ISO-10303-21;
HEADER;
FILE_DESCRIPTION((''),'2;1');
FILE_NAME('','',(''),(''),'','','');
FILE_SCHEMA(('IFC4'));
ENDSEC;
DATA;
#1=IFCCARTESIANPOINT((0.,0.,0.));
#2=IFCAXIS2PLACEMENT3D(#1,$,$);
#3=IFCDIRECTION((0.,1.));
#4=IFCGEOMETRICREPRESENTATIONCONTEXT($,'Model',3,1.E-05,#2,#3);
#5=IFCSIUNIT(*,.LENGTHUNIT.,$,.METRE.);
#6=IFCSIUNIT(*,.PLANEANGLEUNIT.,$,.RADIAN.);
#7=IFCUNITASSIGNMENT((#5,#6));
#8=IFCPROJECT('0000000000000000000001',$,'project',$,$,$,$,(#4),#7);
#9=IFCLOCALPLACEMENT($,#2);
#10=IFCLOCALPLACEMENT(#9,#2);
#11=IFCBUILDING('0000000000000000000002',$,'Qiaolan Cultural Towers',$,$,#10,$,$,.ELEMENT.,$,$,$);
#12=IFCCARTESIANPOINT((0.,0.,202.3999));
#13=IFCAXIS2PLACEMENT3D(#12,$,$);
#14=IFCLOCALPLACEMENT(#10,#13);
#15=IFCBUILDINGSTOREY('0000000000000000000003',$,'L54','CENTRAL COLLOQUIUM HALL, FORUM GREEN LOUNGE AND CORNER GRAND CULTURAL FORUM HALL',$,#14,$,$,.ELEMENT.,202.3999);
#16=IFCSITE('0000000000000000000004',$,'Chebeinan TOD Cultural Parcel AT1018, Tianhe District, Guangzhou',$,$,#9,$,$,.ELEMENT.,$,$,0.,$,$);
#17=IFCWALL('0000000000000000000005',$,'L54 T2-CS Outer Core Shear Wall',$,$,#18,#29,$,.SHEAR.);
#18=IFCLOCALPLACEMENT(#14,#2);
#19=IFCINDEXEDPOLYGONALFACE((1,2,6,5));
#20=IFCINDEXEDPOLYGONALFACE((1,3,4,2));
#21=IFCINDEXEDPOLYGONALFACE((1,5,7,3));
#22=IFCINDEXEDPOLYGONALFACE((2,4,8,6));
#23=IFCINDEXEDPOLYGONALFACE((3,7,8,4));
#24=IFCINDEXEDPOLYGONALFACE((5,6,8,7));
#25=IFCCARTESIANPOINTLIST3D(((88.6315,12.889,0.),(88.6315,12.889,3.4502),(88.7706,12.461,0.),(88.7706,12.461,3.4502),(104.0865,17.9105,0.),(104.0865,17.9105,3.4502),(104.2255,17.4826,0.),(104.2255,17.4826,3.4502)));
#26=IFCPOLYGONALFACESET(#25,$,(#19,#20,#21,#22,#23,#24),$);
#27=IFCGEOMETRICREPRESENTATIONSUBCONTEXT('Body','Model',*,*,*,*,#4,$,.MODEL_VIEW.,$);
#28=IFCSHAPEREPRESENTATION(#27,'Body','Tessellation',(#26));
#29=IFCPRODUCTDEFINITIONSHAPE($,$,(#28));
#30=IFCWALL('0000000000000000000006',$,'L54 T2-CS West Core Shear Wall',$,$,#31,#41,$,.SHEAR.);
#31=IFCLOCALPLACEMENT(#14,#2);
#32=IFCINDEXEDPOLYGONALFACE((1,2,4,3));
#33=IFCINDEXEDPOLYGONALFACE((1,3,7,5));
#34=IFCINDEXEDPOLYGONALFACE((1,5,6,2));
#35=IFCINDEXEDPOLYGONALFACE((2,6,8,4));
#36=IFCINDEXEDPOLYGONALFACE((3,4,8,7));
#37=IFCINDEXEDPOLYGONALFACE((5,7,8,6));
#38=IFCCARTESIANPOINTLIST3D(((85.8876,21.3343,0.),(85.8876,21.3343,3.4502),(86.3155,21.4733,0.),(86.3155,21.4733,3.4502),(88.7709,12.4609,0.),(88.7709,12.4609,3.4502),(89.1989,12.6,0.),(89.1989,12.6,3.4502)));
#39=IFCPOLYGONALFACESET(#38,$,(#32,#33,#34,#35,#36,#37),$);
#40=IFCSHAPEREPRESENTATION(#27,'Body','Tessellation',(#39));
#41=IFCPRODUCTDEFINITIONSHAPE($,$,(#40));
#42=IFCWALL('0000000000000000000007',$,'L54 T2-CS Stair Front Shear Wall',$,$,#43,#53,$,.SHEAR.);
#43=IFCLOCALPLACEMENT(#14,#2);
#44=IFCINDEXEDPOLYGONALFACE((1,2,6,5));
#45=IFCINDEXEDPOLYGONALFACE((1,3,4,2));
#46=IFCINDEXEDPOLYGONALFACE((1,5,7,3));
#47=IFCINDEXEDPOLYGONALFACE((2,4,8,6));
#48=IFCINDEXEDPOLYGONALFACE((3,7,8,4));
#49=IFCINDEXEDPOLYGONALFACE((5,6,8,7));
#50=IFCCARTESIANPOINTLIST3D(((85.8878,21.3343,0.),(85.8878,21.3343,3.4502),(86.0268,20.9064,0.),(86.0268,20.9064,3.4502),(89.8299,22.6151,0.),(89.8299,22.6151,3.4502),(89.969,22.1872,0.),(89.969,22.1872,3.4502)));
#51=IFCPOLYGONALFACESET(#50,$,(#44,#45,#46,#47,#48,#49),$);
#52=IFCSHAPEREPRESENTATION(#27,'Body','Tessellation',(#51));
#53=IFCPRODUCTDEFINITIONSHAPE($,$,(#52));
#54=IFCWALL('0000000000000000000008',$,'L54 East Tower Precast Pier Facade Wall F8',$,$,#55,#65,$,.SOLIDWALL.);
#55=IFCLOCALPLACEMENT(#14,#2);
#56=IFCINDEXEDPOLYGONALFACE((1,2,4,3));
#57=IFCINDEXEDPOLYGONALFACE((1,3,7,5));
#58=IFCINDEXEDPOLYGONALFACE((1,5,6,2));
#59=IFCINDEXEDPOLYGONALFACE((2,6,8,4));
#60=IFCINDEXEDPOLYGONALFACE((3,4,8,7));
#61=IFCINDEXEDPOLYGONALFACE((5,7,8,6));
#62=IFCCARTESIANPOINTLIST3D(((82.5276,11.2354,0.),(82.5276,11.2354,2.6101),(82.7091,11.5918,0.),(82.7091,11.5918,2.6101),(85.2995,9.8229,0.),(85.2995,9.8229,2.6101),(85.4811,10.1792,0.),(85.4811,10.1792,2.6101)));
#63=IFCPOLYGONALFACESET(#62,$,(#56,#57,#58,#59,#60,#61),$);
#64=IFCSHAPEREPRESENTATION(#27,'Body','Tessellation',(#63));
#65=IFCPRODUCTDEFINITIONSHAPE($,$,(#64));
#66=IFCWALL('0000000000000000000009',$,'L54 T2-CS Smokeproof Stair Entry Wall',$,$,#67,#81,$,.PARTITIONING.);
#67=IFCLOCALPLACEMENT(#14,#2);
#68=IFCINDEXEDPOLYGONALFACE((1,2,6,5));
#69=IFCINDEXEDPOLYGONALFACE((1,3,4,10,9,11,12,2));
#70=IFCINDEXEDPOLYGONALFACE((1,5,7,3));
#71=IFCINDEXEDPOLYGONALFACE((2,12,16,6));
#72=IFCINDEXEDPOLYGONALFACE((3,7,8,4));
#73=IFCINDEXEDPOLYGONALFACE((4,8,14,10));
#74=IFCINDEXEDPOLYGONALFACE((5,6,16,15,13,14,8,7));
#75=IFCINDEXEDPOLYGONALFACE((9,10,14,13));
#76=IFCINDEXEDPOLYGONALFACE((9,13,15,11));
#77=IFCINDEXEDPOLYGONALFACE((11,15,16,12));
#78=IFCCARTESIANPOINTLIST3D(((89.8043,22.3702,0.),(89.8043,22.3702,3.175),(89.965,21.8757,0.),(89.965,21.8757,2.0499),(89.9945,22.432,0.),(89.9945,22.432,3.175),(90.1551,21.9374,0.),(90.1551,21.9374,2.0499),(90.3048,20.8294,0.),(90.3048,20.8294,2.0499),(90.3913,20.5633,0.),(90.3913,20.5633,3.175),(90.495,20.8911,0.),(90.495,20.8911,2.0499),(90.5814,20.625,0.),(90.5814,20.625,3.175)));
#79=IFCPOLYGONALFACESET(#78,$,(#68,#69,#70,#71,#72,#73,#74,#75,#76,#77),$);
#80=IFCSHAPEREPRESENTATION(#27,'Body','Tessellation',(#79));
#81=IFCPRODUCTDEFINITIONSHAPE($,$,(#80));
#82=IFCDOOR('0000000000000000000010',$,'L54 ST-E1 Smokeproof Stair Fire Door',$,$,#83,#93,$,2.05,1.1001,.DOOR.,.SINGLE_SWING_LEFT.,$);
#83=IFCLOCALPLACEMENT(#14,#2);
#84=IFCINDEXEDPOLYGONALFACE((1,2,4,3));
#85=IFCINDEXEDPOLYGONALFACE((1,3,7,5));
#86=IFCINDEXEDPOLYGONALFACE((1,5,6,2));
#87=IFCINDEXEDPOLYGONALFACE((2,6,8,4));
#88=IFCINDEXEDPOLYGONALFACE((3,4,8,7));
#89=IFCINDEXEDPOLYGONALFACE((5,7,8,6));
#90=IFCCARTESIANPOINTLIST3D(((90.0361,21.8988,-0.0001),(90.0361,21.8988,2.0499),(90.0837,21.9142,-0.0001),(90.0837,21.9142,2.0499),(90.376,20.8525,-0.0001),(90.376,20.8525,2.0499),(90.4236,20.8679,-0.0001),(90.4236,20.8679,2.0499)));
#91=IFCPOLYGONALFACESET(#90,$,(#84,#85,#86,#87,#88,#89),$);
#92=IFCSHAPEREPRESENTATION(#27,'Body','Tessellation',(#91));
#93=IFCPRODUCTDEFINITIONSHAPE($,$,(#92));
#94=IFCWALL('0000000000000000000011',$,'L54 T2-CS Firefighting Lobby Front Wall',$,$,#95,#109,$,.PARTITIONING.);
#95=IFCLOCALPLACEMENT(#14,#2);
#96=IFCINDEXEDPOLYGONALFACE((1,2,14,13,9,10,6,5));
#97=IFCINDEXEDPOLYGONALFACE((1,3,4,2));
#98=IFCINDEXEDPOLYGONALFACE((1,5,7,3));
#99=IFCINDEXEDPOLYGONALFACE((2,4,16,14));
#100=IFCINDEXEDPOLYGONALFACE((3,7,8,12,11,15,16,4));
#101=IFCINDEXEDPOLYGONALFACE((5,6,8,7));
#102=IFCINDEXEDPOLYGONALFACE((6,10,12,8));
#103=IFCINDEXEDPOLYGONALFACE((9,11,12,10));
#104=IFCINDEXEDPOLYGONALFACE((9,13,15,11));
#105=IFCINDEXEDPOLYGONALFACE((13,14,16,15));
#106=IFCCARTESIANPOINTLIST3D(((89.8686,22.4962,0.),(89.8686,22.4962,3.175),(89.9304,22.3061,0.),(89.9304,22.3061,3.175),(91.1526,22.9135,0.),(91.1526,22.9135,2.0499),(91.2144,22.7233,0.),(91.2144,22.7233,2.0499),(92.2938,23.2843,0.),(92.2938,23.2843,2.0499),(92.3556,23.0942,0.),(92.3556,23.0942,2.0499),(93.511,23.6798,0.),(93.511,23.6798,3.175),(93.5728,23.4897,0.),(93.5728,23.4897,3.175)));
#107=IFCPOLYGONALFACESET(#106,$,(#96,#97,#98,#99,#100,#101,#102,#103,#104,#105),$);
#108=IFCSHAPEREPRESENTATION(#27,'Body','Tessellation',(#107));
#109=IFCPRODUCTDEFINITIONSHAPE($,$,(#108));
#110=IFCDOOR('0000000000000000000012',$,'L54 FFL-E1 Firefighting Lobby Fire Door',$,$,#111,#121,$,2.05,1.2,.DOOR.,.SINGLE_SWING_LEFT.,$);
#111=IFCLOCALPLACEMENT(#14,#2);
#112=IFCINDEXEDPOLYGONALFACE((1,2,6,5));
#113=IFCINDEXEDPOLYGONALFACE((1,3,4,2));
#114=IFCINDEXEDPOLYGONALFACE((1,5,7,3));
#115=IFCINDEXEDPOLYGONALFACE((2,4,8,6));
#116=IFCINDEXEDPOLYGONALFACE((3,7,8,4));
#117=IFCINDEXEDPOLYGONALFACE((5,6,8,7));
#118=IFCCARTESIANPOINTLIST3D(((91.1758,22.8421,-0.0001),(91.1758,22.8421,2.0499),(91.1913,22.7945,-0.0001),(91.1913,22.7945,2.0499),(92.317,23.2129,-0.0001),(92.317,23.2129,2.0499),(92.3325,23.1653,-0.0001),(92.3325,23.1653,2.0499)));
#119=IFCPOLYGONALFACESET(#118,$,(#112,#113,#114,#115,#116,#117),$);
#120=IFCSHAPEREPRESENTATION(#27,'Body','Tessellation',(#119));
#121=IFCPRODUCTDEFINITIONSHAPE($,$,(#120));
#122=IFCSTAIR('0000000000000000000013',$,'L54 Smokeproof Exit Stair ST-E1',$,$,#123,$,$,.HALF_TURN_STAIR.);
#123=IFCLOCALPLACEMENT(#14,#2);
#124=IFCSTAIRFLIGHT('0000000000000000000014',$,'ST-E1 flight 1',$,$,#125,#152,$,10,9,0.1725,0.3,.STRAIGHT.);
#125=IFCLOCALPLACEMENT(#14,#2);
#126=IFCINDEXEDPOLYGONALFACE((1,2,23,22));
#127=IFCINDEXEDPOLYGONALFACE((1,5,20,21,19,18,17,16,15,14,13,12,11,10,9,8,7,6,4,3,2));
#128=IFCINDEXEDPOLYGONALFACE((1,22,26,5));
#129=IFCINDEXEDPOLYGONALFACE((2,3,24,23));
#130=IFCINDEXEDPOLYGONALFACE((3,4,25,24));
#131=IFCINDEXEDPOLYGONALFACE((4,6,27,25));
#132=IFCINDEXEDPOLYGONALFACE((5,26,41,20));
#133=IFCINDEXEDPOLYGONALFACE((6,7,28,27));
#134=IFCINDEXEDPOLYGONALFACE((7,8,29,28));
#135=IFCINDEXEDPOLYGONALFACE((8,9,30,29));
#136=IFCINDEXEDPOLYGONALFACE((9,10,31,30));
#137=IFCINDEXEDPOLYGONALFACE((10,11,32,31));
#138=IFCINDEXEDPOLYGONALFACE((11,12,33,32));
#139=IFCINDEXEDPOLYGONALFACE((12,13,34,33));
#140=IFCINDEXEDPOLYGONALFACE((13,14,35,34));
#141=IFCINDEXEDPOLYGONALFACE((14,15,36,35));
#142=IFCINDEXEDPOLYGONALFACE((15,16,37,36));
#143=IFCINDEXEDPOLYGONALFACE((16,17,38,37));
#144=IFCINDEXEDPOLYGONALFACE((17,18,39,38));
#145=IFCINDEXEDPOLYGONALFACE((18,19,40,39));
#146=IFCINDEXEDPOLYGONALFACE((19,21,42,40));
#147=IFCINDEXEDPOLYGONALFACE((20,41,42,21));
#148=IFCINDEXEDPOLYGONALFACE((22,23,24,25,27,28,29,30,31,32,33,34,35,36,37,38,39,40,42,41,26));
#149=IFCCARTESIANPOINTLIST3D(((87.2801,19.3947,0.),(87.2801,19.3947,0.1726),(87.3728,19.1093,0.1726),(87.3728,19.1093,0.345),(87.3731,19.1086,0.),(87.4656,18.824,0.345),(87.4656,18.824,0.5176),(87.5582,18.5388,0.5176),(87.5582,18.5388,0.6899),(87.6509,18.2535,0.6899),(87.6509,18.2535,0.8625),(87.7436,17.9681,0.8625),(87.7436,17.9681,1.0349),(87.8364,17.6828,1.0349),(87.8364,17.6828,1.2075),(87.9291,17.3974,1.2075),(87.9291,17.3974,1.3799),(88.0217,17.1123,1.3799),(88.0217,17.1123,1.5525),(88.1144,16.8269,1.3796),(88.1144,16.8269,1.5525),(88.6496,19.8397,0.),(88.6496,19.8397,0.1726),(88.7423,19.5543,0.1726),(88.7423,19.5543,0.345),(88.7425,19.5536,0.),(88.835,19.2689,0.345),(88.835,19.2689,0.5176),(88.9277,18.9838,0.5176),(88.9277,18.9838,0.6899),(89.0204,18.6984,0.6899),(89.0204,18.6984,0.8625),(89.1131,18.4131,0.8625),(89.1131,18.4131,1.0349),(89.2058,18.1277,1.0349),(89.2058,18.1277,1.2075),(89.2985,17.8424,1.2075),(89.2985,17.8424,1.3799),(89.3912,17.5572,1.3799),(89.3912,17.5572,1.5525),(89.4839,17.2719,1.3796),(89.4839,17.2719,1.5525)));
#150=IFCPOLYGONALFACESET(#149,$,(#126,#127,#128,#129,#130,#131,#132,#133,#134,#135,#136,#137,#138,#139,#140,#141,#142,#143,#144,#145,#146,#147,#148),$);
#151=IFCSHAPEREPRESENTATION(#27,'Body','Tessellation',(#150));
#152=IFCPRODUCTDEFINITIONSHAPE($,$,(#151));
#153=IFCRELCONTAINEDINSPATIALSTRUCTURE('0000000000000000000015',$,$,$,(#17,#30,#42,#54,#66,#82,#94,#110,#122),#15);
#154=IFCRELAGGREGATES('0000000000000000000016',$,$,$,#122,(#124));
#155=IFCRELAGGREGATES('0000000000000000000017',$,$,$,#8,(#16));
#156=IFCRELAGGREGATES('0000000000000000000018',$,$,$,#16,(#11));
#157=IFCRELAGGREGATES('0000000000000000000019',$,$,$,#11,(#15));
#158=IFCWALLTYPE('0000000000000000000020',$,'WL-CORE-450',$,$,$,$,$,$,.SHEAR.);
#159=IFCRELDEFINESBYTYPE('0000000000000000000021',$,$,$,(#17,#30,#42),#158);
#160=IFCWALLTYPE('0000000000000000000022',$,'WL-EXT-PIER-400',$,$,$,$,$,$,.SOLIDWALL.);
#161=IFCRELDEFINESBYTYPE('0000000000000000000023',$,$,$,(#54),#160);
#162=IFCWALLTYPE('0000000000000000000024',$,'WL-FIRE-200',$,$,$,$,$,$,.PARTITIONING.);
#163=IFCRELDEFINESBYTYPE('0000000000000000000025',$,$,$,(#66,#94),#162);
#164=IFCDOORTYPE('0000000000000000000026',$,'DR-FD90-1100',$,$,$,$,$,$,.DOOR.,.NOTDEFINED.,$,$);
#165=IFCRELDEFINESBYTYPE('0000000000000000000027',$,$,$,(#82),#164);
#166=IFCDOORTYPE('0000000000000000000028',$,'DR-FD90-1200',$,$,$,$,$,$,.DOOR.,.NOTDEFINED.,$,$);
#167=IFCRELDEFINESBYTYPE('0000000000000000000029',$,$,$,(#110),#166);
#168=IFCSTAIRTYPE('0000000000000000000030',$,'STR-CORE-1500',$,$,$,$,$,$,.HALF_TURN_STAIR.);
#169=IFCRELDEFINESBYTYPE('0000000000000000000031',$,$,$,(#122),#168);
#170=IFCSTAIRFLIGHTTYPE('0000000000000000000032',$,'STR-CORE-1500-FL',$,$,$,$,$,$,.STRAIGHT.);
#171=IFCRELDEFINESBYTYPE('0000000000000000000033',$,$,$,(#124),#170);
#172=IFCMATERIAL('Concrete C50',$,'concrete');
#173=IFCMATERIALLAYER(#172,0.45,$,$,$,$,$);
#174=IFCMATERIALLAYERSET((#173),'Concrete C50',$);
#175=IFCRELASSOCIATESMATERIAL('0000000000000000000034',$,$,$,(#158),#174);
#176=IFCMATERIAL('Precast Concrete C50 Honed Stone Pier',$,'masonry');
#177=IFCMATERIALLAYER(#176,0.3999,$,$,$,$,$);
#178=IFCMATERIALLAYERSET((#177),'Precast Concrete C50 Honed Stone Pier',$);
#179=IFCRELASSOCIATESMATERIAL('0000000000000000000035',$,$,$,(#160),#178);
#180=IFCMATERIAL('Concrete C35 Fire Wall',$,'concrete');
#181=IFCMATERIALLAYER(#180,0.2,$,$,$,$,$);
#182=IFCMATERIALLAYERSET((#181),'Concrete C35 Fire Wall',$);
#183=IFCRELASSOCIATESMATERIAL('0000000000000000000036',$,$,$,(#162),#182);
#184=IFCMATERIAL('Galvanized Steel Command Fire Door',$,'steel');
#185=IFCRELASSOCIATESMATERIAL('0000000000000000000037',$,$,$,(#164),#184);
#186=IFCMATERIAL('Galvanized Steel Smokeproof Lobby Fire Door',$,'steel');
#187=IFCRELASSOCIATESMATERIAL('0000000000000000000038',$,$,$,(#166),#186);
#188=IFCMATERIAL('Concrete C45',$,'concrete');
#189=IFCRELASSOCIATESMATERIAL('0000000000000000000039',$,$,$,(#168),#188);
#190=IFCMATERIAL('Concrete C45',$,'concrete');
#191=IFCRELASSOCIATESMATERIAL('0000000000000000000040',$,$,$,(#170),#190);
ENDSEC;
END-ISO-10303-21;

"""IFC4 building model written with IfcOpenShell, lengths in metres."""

from ifc_helpers import new_model, si_unit, direction, frame, frame_2d, origin, place, context, subcontext, project, spatial, polyline, rectangle, outline, extrude, material, layer, layer_set, type_object, element, fill, aggregate, save


model = new_model("IFC4")

# Units and contexts
model_context = context("Model", 3, precision=1e-05, world=origin(), true_north=direction((0.0, 1.0)))
body_context = subcontext(model_context, "Body", "Model", "MODEL_VIEW")
ifc_project = project(units=[si_unit("LENGTHUNIT", "METRE"), si_unit("PLANEANGLEUNIT", "RADIAN")], contexts=[model_context])

# Site, building, storey
site_placement = place(None, origin())
site = spatial("IfcSite", under=ifc_project, at=site_placement, Name="Chebeinan TOD Cultural Parcel AT1018, Tianhe District, Guangzhou", CompositionType="ELEMENT", RefElevation=0.0)
building_placement = place(site_placement, origin())
building = spatial("IfcBuilding", under=site, at=building_placement, Name="Qiaolan Cultural Towers", CompositionType="ELEMENT")
storey_placement = place(building_placement, frame((0.0, 0.0, 202.3999)))
storey = spatial("IfcBuildingStorey", under=building, at=storey_placement, Name="L54", Description="CENTRAL COLLOQUIUM HALL, FORUM GREEN LOUNGE AND CORNER GRAND CULTURAL FORUM HALL", CompositionType="ELEMENT", Elevation=202.3999)

# Walls
ifc_material_1 = material(Name="Concrete C50", Category="concrete")
ifc_layer_1 = layer(ifc_material_1, 0.45)
ifc_layer_set_1 = layer_set([ifc_layer_1], Name="Concrete C50")
wall_type_1 = type_object("IfcWallType", Name="WL-CORE-450", PredefinedType="SHEAR", material=ifc_layer_set_1)
wall_1_placement = place(storey_placement, frame((88.7012, 12.675, 0.0), z_axis=(0.0, 0.0, 1.0), x_axis=(0.951058, 0.309012, 0.0)))
element("IfcWall", 1, at=wall_1_placement, inside=storey, type_object=wall_type_1, Name="L54 T2-CS Outer Core Shear Wall", PredefinedType="SHEAR", context=body_context, shape_type="SweptSolid", body=[
    extrude(rectangle(XDim=16.2502, YDim=0.45, at=frame_2d((8.125, 0.0))), origin(), (0.0, 0.0, 1.0), 3.4502),
])
wall_2_placement = place(storey_placement, frame((86.1016, 21.4038, 0.0), z_axis=(0.0, 0.0, 1.0), x_axis=(0.309036, -0.95105, 0.0)))
element("IfcWall", 2, at=wall_2_placement, inside=storey, type_object=wall_type_1, Name="L54 T2-CS West Core Shear Wall", PredefinedType="SHEAR", context=body_context, shape_type="SweptSolid", body=[
    extrude(rectangle(XDim=9.3301, YDim=0.45, at=frame_2d((4.665, 0.0))), origin(), (0.0, 0.0, 1.0), 3.4502),
])
wall_3_placement = place(storey_placement, frame((85.9573, 21.1204, 0.0), z_axis=(0.0, 0.0, 1.0), x_axis=(0.951065, 0.308992, 0.0)))
element("IfcWall", 3, at=wall_3_placement, inside=storey, type_object=wall_type_1, Name="L54 T2-CS Stair Front Shear Wall", PredefinedType="SHEAR", context=body_context, shape_type="SweptSolid", body=[
    extrude(rectangle(XDim=4.145, YDim=0.45, at=frame_2d((2.0725, 0.0))), origin(), (0.0, 0.0, 1.0), 3.4502),
])
ifc_material_2 = material(Name="Precast Concrete C50 Honed Stone Pier", Category="masonry")
ifc_layer_2 = layer(ifc_material_2, 0.3999)
ifc_layer_set_2 = layer_set([ifc_layer_2], Name="Precast Concrete C50 Honed Stone Pier")
wall_type_2 = type_object("IfcWallType", Name="WL-EXT-PIER-400", PredefinedType="SOLIDWALL", material=ifc_layer_set_2)
wall_4_placement = place(storey_placement, frame((85.3904, 10.001, 0.0), z_axis=(0.0, 0.0, 1.0), x_axis=(-0.89098, 0.454043, 0.0)))
element("IfcWall", 4, at=wall_4_placement, inside=storey, type_object=wall_type_2, Name="L54 East Tower Precast Pier Facade Wall F8", PredefinedType="SOLIDWALL", context=body_context, shape_type="SweptSolid", body=[
    extrude(rectangle(XDim=3.1111, YDim=0.3999, at=frame_2d((1.5557, 0.0))), origin(), (0.0, 0.0, 1.0), 2.6101),
])

# Walls, openings, doors
ifc_material_3 = material(Name="Concrete C35 Fire Wall", Category="concrete")
ifc_layer_3 = layer(ifc_material_3, 0.2)
ifc_layer_set_3 = layer_set([ifc_layer_3], Name="Concrete C35 Fire Wall")
wall_type_3 = type_object("IfcWallType", Name="WL-FIRE-200", PredefinedType="PARTITIONING", material=ifc_layer_set_3)
wall_5_placement = place(storey_placement, frame((89.8994, 22.4011, 0.0), z_axis=(0.0, 0.0, 1.0), x_axis=(0.308932, -0.951084, 0.0)))
wall_5 = element("IfcWall", 5, at=wall_5_placement, inside=storey, type_object=wall_type_3, Name="L54 T2-CS Smokeproof Stair Entry Wall", PredefinedType="PARTITIONING", context=body_context, shape_type="SweptSolid", body=[
    extrude(rectangle(XDim=1.8999, YDim=0.2, at=frame_2d((0.95, 0.0))), origin(), (0.0, 0.0, 1.0), 3.175),
])
opening_1_placement = place(wall_5_placement, frame((0.52, 0.0, 0.0)))
opening_1 = element("IfcOpeningElement", 6, at=opening_1_placement, cuts=wall_5, PredefinedType="OPENING", context=body_context, shape_type="SweptSolid", body=[
    extrude(rectangle(XDim=1.1001, YDim=2.05, at=frame_2d((0.55, 1.0249))), frame((0.0, 0.1099, 0.0), z_axis=(0.0, -1.0, 0.0), x_axis=(1.0, 0.0, 0.0)), (0.0, 0.0, 1.0), 0.22),
])
ifc_material_4 = material(Name="Galvanized Steel Command Fire Door", Category="steel")
door_type_1 = type_object("IfcDoorType", Name="DR-FD90-1100", OperationType="NOTDEFINED", PredefinedType="DOOR", material=ifc_material_4)
door_1_placement = place(opening_1_placement, origin())
door_1 = element("IfcDoor", 7, at=door_1_placement, inside=storey, type_object=door_type_1, Name="L54 ST-E1 Smokeproof Stair Fire Door", OperationType="SINGLE_SWING_LEFT", OverallHeight=2.05, OverallWidth=1.1001, PredefinedType="DOOR", context=body_context, shape_type="SweptSolid", body=[
    extrude(rectangle(XDim=1.1001, YDim=2.05, at=frame_2d((0.55, 1.0249))), frame((0.0, 0.0249, 0.0), z_axis=(0.0, -1.0, 0.0), x_axis=(1.0, 0.0, 0.0)), (0.0, 0.0, 1.0), 0.05),
])
fill(opening_1, door_1)
wall_6_placement = place(storey_placement, frame((89.8994, 22.4011, 0.0), z_axis=(0.0, 0.0, 1.0), x_axis=(0.951047, 0.309047, 0.0)))
wall_6 = element("IfcWall", 8, at=wall_6_placement, inside=storey, type_object=wall_type_3, Name="L54 T2-CS Firefighting Lobby Front Wall", PredefinedType="PARTITIONING", context=body_context, shape_type="SweptSolid", body=[
    extrude(rectangle(XDim=3.8298, YDim=0.2, at=frame_2d((1.915, 0.0))), origin(), (0.0, 0.0, 1.0), 3.175),
])
opening_2_placement = place(wall_6_placement, frame((1.3501, 0.0, 0.0)))
opening_2 = element("IfcOpeningElement", 9, at=opening_2_placement, cuts=wall_6, PredefinedType="OPENING", context=body_context, shape_type="SweptSolid", body=[
    extrude(rectangle(XDim=1.2, YDim=2.05, at=frame_2d((0.6001, 1.0249))), frame((0.0, 0.1099, 0.0), z_axis=(0.0, -1.0, 0.0), x_axis=(1.0, 0.0, 0.0)), (0.0, 0.0, 1.0), 0.22),
])
ifc_material_5 = material(Name="Galvanized Steel Smokeproof Lobby Fire Door", Category="steel")
door_type_2 = type_object("IfcDoorType", Name="DR-FD90-1200", OperationType="NOTDEFINED", PredefinedType="DOOR", material=ifc_material_5)
door_2_placement = place(opening_2_placement, origin())
door_2 = element("IfcDoor", 10, at=door_2_placement, inside=storey, type_object=door_type_2, Name="L54 FFL-E1 Firefighting Lobby Fire Door", OperationType="SINGLE_SWING_LEFT", OverallHeight=2.05, OverallWidth=1.2, PredefinedType="DOOR", context=body_context, shape_type="SweptSolid", body=[
    extrude(rectangle(XDim=1.2, YDim=2.05, at=frame_2d((0.6001, 1.0249))), frame((0.0, 0.0249, 0.0), z_axis=(0.0, -1.0, 0.0), x_axis=(1.0, 0.0, 0.0)), (0.0, 0.0, 1.0), 0.05),
])
fill(opening_2, door_2)

# Stair, stair flight
ifc_material_6 = material(Name="Concrete C45", Category="concrete")
stair_type = type_object("IfcStairType", Name="STR-CORE-1500", PredefinedType="HALF_TURN_STAIR", material=ifc_material_6)
stair_placement = place(storey_placement, origin())
stair = element("IfcStair", 11, at=stair_placement, inside=storey, type_object=stair_type, Name="L54 Smokeproof Exit Stair ST-E1", PredefinedType="HALF_TURN_STAIR")
ifc_material_7 = material(Name="Concrete C45", Category="concrete")
stair_flight_type = type_object("IfcStairFlightType", Name="STR-CORE-1500-FL", PredefinedType="STRAIGHT", material=ifc_material_7)
stair_flight_1_placement = place(storey_placement, frame((87.9648, 19.6172, 0.0), z_axis=(0.0, 0.0, 1.0), x_axis=(0.309017, -0.951057, 0.0)))
stair_flight_1 = element("IfcStairFlight", 12, at=stair_flight_1_placement, type_object=stair_flight_type, Name="ST-E1 flight 1", NumberOfRisers=10, NumberOfTreads=9, PredefinedType="STRAIGHT", RiserHeight=0.1725, TreadLength=0.3, context=body_context, shape_type="SweptSolid", body=[
    extrude(outline(polyline([(0.0, 0.0), (0.0, 0.1726), (0.3, 0.1726), (0.3, 0.345), (0.6001, 0.345), (0.6001, 0.5176), (0.8999, 0.5176), (0.8999, 0.6899), (1.2, 0.6899), (1.2, 0.8625), (1.5, 0.8625), (1.5, 1.0349), (1.8, 1.0349), (1.8, 1.2075), (2.1001, 1.2075), (2.1001, 1.3799), (2.3999, 1.3799), (2.3999, 1.5525), (2.7, 1.5525), (2.7, 1.7251), (2.7, 1.3796), (0.3008, 0.0), (0.0, 0.0)])), frame((0.0, 0.72, 0.0), z_axis=(0.0, -1.0, 0.0), x_axis=(1.0, 0.0, 0.0)), (0.0, 0.0, 1.0), 1.4399),
])
aggregate(stair, [stair_flight_1])

save(model, "model.ifc")
